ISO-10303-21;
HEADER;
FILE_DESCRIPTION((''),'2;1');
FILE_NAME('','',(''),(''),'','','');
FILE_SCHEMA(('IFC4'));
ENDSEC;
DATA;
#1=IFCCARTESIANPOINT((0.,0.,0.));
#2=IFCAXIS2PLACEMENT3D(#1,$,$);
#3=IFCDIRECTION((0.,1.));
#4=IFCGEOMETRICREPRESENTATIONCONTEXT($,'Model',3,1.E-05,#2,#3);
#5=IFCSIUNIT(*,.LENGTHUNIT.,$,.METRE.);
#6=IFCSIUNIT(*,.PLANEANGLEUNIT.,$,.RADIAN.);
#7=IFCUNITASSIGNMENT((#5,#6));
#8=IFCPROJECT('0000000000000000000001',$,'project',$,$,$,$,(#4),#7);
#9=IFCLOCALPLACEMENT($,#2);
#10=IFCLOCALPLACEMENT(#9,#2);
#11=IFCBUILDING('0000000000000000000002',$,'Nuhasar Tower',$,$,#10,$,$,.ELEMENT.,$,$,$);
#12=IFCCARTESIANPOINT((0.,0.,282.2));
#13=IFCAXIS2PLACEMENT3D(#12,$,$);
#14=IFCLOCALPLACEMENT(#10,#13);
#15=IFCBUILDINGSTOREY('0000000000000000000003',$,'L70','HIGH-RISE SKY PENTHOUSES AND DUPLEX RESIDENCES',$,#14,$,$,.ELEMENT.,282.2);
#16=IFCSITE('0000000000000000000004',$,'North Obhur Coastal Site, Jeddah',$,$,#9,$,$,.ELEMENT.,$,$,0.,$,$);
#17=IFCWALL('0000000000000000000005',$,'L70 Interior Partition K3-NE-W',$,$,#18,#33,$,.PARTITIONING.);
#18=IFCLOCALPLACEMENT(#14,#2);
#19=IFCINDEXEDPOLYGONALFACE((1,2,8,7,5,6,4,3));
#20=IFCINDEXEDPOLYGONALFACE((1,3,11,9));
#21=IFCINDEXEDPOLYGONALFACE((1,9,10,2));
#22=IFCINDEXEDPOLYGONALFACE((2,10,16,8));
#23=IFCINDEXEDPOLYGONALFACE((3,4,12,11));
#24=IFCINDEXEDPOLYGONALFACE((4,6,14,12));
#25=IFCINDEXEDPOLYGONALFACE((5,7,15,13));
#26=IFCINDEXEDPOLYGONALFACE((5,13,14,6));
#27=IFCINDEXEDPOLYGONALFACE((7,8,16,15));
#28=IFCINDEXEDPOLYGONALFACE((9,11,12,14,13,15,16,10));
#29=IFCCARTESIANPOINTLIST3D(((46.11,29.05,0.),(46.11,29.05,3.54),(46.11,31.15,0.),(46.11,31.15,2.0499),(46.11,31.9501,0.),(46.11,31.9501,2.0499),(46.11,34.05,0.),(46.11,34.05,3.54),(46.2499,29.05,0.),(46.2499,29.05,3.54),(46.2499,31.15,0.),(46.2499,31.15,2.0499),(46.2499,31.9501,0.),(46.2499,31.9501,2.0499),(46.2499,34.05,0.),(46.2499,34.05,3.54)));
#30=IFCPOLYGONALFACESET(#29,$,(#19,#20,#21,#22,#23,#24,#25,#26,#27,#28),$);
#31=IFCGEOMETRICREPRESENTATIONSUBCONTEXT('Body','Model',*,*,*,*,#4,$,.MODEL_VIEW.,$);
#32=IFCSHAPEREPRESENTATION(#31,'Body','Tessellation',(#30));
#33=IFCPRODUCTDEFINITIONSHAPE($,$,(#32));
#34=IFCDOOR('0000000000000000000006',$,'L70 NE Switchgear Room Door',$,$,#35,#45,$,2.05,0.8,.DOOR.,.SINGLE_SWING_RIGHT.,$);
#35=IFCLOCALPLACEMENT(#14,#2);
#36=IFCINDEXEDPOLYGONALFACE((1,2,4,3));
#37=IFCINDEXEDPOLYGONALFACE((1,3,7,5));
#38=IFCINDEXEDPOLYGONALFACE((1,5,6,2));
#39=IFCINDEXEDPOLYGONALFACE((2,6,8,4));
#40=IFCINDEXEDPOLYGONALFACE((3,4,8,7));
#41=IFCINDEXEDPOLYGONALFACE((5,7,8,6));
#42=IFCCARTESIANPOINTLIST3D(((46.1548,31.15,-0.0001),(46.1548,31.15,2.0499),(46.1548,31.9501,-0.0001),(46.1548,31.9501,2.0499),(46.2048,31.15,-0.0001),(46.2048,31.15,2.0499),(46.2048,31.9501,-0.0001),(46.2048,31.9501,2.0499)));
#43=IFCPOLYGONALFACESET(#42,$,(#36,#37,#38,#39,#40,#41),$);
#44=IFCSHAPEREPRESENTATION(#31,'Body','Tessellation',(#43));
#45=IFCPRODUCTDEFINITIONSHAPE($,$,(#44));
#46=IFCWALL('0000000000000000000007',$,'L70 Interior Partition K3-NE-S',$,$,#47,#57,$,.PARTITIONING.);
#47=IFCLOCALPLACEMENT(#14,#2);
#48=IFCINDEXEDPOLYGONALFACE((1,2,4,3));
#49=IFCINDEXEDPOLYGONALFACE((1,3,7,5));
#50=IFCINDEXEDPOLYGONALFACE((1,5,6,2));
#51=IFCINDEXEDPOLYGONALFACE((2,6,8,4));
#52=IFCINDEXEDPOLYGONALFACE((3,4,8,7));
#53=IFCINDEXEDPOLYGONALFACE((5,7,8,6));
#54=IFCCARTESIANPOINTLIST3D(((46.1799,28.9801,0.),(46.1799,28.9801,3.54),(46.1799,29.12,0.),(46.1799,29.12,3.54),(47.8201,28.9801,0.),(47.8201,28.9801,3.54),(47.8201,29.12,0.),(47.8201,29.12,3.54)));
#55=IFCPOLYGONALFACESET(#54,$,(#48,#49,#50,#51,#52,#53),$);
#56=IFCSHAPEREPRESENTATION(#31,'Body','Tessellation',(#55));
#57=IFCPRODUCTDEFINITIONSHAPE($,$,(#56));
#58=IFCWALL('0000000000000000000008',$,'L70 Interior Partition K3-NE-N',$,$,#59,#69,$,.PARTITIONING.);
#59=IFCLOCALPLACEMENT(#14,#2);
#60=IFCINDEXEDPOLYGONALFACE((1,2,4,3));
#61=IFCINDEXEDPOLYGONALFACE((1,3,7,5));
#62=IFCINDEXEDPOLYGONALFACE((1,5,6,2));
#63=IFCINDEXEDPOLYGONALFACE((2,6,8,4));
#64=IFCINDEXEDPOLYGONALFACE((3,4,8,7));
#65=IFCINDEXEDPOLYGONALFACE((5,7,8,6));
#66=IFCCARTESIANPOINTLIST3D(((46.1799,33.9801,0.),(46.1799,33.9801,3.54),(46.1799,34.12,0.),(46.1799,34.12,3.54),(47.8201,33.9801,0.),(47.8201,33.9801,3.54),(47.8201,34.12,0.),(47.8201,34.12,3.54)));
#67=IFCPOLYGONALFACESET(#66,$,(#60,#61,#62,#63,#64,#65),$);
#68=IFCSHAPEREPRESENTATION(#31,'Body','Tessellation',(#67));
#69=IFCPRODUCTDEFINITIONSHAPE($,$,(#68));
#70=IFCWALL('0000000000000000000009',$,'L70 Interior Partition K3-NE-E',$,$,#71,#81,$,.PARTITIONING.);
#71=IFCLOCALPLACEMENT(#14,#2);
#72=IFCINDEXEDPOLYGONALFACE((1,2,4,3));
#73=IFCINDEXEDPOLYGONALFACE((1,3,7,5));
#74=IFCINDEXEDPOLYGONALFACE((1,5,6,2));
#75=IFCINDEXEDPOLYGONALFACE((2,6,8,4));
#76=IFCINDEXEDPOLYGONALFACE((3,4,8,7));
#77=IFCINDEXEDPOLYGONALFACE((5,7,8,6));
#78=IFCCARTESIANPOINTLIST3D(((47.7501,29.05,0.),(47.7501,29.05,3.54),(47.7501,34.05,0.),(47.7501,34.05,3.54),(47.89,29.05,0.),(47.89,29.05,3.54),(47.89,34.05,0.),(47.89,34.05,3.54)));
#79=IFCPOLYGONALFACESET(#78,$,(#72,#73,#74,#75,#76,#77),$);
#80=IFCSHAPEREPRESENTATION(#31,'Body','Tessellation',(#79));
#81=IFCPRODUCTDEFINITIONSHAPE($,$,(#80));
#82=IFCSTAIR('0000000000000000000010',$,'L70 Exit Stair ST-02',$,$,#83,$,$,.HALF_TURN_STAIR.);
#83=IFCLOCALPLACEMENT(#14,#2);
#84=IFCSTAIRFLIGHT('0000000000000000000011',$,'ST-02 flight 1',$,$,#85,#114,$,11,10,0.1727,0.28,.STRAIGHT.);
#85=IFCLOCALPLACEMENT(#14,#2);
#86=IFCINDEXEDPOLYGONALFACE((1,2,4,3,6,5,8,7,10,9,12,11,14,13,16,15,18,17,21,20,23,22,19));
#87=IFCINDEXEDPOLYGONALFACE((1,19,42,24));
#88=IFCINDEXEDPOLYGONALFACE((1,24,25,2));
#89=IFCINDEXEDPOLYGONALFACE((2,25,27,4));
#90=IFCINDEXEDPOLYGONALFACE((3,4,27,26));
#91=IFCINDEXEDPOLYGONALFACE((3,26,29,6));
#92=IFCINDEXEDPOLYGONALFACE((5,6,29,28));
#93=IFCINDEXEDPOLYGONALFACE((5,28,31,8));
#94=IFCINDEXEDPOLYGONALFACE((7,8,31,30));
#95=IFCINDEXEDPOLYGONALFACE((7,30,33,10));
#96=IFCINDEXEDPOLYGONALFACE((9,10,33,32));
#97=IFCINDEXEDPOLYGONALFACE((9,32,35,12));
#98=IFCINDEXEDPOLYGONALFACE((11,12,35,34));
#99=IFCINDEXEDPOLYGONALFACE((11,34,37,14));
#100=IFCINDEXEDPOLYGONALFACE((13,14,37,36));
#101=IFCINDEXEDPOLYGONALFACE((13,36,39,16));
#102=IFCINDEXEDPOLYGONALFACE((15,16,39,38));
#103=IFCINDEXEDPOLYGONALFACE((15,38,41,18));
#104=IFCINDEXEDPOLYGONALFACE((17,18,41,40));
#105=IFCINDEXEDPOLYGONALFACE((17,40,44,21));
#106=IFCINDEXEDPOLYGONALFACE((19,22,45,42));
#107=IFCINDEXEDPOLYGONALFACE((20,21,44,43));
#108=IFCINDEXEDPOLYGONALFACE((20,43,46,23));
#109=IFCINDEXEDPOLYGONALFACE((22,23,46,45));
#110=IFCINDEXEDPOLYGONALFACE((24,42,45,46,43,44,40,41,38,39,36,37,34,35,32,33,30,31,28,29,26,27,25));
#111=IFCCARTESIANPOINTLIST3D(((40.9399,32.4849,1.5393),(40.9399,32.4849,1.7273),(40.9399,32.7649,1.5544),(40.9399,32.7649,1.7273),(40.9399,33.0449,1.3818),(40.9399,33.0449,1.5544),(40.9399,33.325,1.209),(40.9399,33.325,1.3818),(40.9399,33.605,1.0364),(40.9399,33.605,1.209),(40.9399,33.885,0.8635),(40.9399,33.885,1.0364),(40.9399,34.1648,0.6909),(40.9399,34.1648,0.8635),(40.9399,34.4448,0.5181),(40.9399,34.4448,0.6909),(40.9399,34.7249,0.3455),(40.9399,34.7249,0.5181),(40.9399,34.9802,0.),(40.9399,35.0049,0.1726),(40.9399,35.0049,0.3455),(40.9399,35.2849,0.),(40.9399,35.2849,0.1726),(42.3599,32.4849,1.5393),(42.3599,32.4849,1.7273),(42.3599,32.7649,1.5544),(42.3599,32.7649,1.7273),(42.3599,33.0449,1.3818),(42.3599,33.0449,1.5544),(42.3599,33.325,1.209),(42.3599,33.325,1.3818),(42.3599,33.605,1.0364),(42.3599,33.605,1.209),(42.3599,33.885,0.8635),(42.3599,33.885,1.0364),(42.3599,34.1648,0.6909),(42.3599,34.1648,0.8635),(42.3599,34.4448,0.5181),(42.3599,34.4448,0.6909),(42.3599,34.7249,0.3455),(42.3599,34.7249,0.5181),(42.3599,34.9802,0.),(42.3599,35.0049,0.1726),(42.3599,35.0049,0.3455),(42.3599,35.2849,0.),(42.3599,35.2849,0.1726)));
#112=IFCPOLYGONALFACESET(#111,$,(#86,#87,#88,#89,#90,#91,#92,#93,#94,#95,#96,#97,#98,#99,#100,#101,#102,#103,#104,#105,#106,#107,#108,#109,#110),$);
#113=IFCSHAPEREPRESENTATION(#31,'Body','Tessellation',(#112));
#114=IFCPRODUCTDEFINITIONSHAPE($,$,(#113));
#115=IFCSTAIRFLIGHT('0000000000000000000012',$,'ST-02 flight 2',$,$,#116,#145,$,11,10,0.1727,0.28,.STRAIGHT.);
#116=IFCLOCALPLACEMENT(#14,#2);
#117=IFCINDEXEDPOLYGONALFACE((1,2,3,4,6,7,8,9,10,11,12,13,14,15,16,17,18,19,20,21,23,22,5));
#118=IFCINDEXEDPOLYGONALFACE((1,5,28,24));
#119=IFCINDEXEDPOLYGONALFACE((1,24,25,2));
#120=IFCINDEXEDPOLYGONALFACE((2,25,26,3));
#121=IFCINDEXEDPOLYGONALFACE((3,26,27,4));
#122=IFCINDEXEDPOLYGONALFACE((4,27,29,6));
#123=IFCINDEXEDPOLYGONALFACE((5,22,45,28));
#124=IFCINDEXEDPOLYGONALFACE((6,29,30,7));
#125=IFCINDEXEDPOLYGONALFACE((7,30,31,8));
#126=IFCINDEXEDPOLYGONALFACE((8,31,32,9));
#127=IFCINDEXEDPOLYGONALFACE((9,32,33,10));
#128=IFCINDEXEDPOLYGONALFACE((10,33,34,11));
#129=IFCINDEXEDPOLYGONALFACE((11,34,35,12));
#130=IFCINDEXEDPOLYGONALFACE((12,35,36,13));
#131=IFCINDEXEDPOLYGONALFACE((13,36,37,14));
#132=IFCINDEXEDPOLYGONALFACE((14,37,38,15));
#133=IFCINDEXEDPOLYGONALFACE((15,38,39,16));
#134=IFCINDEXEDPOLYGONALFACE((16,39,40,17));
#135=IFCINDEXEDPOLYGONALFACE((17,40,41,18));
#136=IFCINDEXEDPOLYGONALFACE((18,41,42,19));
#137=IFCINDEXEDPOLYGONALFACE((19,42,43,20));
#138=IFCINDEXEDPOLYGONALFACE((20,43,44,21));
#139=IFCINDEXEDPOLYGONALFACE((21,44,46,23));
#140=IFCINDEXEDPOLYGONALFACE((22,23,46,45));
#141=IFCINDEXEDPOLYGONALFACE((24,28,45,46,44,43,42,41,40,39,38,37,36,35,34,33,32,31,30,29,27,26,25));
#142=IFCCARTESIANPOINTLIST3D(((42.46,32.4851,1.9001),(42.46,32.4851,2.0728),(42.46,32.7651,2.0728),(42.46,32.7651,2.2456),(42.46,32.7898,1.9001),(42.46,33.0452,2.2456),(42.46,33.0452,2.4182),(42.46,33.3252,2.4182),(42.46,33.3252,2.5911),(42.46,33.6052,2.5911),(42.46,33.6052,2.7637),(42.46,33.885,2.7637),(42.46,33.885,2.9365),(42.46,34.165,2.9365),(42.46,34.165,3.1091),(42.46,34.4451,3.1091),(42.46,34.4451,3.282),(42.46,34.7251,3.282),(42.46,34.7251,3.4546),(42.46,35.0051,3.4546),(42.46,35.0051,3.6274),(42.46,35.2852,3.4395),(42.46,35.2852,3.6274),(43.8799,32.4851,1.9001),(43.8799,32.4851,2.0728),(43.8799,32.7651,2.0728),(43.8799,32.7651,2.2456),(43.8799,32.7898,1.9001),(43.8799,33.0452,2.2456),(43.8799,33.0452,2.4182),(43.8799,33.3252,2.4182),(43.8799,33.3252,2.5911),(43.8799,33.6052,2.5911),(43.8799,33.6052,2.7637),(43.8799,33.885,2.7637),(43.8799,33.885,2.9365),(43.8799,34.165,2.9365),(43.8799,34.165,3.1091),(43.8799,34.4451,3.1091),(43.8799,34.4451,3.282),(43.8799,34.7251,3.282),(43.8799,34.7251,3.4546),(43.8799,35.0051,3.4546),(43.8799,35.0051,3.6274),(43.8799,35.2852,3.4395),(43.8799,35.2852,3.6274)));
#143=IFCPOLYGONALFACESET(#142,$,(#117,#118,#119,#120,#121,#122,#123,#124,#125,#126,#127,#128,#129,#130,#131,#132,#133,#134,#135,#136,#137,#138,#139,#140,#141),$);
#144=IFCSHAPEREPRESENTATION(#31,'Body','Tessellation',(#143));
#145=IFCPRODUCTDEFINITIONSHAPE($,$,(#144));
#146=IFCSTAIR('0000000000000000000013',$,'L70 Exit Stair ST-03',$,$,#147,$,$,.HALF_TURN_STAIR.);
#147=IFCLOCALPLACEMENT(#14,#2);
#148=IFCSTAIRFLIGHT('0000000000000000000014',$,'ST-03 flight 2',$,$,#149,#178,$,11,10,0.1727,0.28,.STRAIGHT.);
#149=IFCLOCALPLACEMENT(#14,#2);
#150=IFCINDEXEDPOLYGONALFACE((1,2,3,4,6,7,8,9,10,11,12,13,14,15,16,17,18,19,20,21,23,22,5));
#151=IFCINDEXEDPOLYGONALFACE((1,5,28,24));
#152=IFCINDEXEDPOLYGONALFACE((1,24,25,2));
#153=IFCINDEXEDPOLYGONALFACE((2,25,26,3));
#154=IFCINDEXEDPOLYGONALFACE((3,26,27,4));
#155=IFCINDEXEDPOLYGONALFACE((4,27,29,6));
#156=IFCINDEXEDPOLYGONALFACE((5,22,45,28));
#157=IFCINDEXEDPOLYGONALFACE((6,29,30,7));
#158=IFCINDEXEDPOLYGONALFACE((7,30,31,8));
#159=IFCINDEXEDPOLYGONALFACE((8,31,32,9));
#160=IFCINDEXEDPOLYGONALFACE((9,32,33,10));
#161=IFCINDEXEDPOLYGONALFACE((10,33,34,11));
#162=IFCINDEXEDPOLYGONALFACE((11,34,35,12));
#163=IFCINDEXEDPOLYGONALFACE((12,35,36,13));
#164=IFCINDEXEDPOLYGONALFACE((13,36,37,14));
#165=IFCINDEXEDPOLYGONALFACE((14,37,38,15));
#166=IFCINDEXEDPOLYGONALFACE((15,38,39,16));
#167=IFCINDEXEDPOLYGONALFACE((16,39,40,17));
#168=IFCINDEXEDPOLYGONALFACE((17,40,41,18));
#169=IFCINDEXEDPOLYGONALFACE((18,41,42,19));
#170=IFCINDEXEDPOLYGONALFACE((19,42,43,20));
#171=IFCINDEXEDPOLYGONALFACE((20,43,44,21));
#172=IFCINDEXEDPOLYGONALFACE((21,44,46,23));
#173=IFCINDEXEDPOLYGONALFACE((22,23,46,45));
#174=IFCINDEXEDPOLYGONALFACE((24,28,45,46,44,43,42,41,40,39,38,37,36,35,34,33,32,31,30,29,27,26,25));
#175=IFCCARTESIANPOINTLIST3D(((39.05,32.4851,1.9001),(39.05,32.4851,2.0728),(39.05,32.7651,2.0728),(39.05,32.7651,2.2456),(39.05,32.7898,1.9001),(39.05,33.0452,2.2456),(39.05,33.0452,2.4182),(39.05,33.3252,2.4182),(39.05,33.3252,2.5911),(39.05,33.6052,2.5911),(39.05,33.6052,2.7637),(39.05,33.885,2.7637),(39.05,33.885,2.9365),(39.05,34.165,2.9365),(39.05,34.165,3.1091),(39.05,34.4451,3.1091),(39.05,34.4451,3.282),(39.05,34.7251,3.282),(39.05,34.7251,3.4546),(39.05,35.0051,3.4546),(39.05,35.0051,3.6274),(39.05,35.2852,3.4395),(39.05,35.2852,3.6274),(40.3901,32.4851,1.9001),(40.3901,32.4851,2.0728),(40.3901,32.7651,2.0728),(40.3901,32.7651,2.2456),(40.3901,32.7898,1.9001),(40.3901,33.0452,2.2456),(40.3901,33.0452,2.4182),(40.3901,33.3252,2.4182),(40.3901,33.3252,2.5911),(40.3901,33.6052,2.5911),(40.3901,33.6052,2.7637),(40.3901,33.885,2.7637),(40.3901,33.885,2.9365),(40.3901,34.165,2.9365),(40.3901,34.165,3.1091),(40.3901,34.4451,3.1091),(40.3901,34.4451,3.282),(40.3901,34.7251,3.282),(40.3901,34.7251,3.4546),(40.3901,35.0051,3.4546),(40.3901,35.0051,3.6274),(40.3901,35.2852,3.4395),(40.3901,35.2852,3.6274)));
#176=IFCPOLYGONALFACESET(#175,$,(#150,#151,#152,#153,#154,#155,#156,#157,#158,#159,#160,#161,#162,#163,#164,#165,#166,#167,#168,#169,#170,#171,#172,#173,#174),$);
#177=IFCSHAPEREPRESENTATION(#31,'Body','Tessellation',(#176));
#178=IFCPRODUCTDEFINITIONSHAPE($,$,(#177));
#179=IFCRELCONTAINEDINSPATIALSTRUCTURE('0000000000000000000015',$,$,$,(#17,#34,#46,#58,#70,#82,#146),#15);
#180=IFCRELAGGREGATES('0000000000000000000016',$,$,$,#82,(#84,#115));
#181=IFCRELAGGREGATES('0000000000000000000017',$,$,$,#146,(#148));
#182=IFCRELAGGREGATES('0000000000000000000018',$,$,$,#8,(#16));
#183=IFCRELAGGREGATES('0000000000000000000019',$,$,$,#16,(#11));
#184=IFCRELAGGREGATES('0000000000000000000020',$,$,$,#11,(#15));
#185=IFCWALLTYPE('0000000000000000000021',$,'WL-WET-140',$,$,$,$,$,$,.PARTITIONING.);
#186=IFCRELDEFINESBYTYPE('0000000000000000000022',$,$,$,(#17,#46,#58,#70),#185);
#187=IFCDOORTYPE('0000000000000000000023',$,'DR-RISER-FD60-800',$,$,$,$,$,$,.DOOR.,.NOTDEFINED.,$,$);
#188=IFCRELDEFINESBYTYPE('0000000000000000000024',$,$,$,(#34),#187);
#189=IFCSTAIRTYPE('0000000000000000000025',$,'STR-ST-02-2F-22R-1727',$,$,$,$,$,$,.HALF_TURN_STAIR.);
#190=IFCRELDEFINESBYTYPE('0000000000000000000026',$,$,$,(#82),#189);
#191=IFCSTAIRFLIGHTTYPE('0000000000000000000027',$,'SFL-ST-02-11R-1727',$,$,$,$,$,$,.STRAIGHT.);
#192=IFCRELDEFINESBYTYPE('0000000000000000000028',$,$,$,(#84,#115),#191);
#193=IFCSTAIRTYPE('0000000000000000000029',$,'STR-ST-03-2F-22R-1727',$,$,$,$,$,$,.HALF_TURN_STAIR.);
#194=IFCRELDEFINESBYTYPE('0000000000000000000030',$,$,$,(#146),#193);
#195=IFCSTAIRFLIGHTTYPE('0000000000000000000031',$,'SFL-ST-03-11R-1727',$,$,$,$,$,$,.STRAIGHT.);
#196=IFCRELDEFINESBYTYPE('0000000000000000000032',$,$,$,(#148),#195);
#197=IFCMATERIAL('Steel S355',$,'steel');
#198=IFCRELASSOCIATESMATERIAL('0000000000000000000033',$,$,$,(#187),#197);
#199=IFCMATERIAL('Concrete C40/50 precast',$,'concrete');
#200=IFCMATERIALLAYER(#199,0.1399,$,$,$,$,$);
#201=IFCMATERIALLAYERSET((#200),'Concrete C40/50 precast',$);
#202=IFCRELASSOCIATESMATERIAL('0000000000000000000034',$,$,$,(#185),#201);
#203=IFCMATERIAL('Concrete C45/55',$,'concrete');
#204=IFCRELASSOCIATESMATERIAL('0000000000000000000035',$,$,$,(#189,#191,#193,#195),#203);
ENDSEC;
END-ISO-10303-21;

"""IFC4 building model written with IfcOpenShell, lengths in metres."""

from ifc_helpers import new_model, si_unit, direction, frame, frame_2d, origin, place, context, subcontext, project, spatial, polyline, rectangle, outline, extrude, material, layer, layer_set, type_object, element, fill, aggregate, save


model = new_model("IFC4")

# Units and contexts
model_context = context("Model", 3, precision=1e-05, world=origin(), true_north=direction((0.0, 1.0)))
body_context = subcontext(model_context, "Body", "Model", "MODEL_VIEW")
ifc_project = project(units=[si_unit("LENGTHUNIT", "METRE"), si_unit("PLANEANGLEUNIT", "RADIAN")], contexts=[model_context])

# Site, building, storey
site_placement = place(None, origin())
site = spatial("IfcSite", under=ifc_project, at=site_placement, Name="North Obhur Coastal Site, Jeddah", CompositionType="ELEMENT", RefElevation=0.0)
building_placement = place(site_placement, origin())
building = spatial("IfcBuilding", under=site, at=building_placement, Name="Nuhasar Tower", CompositionType="ELEMENT")
storey_placement = place(building_placement, frame((0.0, 0.0, 282.2)))
storey = spatial("IfcBuildingStorey", under=building, at=storey_placement, Name="L70", Description="HIGH-RISE SKY PENTHOUSES AND DUPLEX RESIDENCES", CompositionType="ELEMENT", Elevation=282.2)

# Shared definitions
ifc_material_1 = material(Name="Steel S355", Category="steel")

# Shared definitions
ifc_material_2 = material(Name="Concrete C45/55", Category="concrete")

# Wall, opening, door
door_type_1 = type_object("IfcDoorType", Name="DR-RISER-FD60-800", OperationType="NOTDEFINED", PredefinedType="DOOR", material=ifc_material_1)
ifc_material_3 = material(Name="Concrete C40/50 precast", Category="concrete")
ifc_layer_1 = layer(ifc_material_3, 0.1399)
ifc_layer_set_1 = layer_set([ifc_layer_1], Name="Concrete C40/50 precast")
wall_type_1 = type_object("IfcWallType", Name="WL-WET-140", PredefinedType="PARTITIONING", material=ifc_layer_set_1)
wall_1_placement = place(storey_placement, frame((46.1799, 34.05, 0.0), z_axis=(0.0, 0.0, 1.0), x_axis=(0.0, -1.0, 0.0)))
wall_1 = element("IfcWall", 1, at=wall_1_placement, inside=storey, type_object=wall_type_1, Name="L70 Interior Partition K3-NE-W", PredefinedType="PARTITIONING", context=body_context, shape_type="SweptSolid", body=[
    extrude(rectangle(XDim=5.0, YDim=0.1399, at=frame_2d((2.5, 0.0))), origin(), (0.0, 0.0, 1.0), 3.54),
])
opening_1_placement = place(wall_1_placement, frame((2.1001, 0.0, 0.0)))
opening_1 = element("IfcOpeningElement", 2, at=opening_1_placement, cuts=wall_1, PredefinedType="OPENING", context=body_context, shape_type="SweptSolid", body=[
    extrude(rectangle(XDim=0.8, YDim=2.05, at=frame_2d((0.3999, 1.0249))), frame((0.0, 0.0801, 0.0), z_axis=(0.0, -1.0, 0.0), x_axis=(1.0, 0.0, 0.0)), (0.0, 0.0, 1.0), 0.1599),
])
door_1_placement = place(opening_1_placement, origin())
door_1 = element("IfcDoor", 3, at=door_1_placement, inside=storey, type_object=door_type_1, Name="L70 NE Switchgear Room Door", OperationType="SINGLE_SWING_RIGHT", OverallHeight=2.05, OverallWidth=0.8, PredefinedType="DOOR", context=body_context, shape_type="SweptSolid", body=[
    extrude(rectangle(XDim=0.8, YDim=2.05, at=frame_2d((0.3999, 1.0249))), frame((0.0, 0.0249, 0.0), z_axis=(0.0, -1.0, 0.0), x_axis=(1.0, 0.0, 0.0)), (0.0, 0.0, 1.0), 0.05),
])
fill(opening_1, door_1)

# Walls
for number, where, z_axis, x_axis, name in (
    (4, (46.1799, 29.05, 0.0), (0.0, 0.0, 1.0), (1.0, 0.0, 0.0), "L70 Interior Partition K3-NE-S"),
    (5, (46.1799, 34.05, 0.0), (0.0, 0.0, 1.0), (1.0, 0.0, 0.0), "L70 Interior Partition K3-NE-N"),
):
    element("IfcWall", number, at=place(storey_placement, frame(where, z_axis=z_axis, x_axis=x_axis)), inside=storey, type_object=wall_type_1, Name=name, PredefinedType="PARTITIONING", context=body_context, shape_type="SweptSolid", body=[
        extrude(rectangle(XDim=1.6401, YDim=0.1399, at=frame_2d((0.8201, 0.0))), origin(), (0.0, 0.0, 1.0), 3.54),
    ])
wall_2_placement = place(storey_placement, frame((47.8201, 29.05, 0.0), z_axis=(0.0, 0.0, 1.0), x_axis=(0.0, 1.0, 0.0)))
element("IfcWall", 6, at=wall_2_placement, inside=storey, type_object=wall_type_1, Name="L70 Interior Partition K3-NE-E", PredefinedType="PARTITIONING", context=body_context, shape_type="SweptSolid", body=[
    extrude(rectangle(XDim=5.0, YDim=0.1399, at=frame_2d((2.5, 0.0))), origin(), (0.0, 0.0, 1.0), 3.54),
])

# Stair, stair flights
stair_type_1 = type_object("IfcStairType", Name="STR-ST-02-2F-22R-1727", PredefinedType="HALF_TURN_STAIR", material=ifc_material_2)
stair_1_placement = place(storey_placement, origin())
stair_1 = element("IfcStair", 7, at=stair_1_placement, inside=storey, type_object=stair_type_1, Name="L70 Exit Stair ST-02", PredefinedType="HALF_TURN_STAIR")
stair_flight_type_1 = type_object("IfcStairFlightType", Name="SFL-ST-02-11R-1727", PredefinedType="STRAIGHT", material=ifc_material_2)
stair_flight_1_placement = place(storey_placement, frame((41.6499, 35.2849, 0.0), z_axis=(0.0, 0.0, 1.0), x_axis=(0.0, -1.0, 0.0)))
stair_flight_1 = element("IfcStairFlight", 8, at=stair_flight_1_placement, type_object=stair_flight_type_1, Name="ST-02 flight 1", NumberOfRisers=11, NumberOfTreads=10, PredefinedType="STRAIGHT", RiserHeight=0.1727, TreadLength=0.28, context=body_context, shape_type="SweptSolid", body=[
    extrude(outline(polyline([(0.0, 0.0), (0.0, 0.1726), (0.28, 0.1726), (0.28, 0.3455), (0.5601, 0.3455), (0.5601, 0.5181), (0.8401, 0.5181), (0.8401, 0.6909), (1.1201, 0.6909), (1.1201, 0.8635), (1.3999, 0.8635), (1.3999, 1.0364), (1.6799, 1.0364), (1.6799, 1.209), (1.96, 1.209), (1.96, 1.3818), (2.24, 1.3818), (2.24, 1.5544), (2.52, 1.5544), (2.52, 1.7273), (2.8, 1.7273), (2.8, 1.8999), (2.8, 1.5393), (0.3047, 0.0), (0.0, 0.0)])), frame((0.0, 0.71, 0.0), z_axis=(0.0, -1.0, 0.0), x_axis=(1.0, 0.0, 0.0)), (0.0, 0.0, 1.0), 1.4199),
])
stair_flight_2_placement = place(storey_placement, frame((43.1699, 32.4851, 1.9001), z_axis=(0.0, 0.0, 1.0), x_axis=(0.0, 1.0, 0.0)))
stair_flight_2 = element("IfcStairFlight", 9, at=stair_flight_2_placement, type_object=stair_flight_type_1, Name="ST-02 flight 2", NumberOfRisers=11, NumberOfTreads=10, PredefinedType="STRAIGHT", RiserHeight=0.1727, TreadLength=0.28, context=body_context, shape_type="SweptSolid", body=[
    extrude(outline(polyline([(0.0, 0.0), (0.0, 0.1726), (0.28, 0.1726), (0.28, 0.3455), (0.5601, 0.3455), (0.5601, 0.5181), (0.8401, 0.5181), (0.8401, 0.6909), (1.1201, 0.6909), (1.1201, 0.8635), (1.3999, 0.8635), (1.3999, 1.0364), (1.6799, 1.0364), (1.6799, 1.209), (1.96, 1.209), (1.96, 1.3818), (2.24, 1.3818), (2.24, 1.5544), (2.52, 1.5544), (2.52, 1.7273), (2.8, 1.7273), (2.8, 1.8999), (2.8, 1.5393), (0.3047, 0.0), (0.0, 0.0)])), frame((0.0, 0.71, 0.0), z_axis=(0.0, -1.0, 0.0), x_axis=(1.0, 0.0, 0.0)), (0.0, 0.0, 1.0), 1.4199),
])
aggregate(stair_1, [stair_flight_1, stair_flight_2])

# Stair, stair flight
stair_type_2 = type_object("IfcStairType", Name="STR-ST-03-2F-22R-1727", PredefinedType="HALF_TURN_STAIR", material=ifc_material_2)
stair_2_placement = place(storey_placement, origin())
stair_2 = element("IfcStair", 10, at=stair_2_placement, inside=storey, type_object=stair_type_2, Name="L70 Exit Stair ST-03", PredefinedType="HALF_TURN_STAIR")
stair_flight_type_2 = type_object("IfcStairFlightType", Name="SFL-ST-03-11R-1727", PredefinedType="STRAIGHT", material=ifc_material_2)
stair_flight_3_placement = place(storey_placement, frame((39.72, 32.4851, 1.9001), z_axis=(0.0, 0.0, 1.0), x_axis=(0.0, 1.0, 0.0)))
stair_flight_3 = element("IfcStairFlight", 11, at=stair_flight_3_placement, type_object=stair_flight_type_2, Name="ST-03 flight 2", NumberOfRisers=11, NumberOfTreads=10, PredefinedType="STRAIGHT", RiserHeight=0.1727, TreadLength=0.28, context=body_context, shape_type="SweptSolid", body=[
    extrude(outline(polyline([(0.0, 0.0), (0.0, 0.1726), (0.28, 0.1726), (0.28, 0.3455), (0.5601, 0.3455), (0.5601, 0.5181), (0.8401, 0.5181), (0.8401, 0.6909), (1.1201, 0.6909), (1.1201, 0.8635), (1.3999, 0.8635), (1.3999, 1.0364), (1.6799, 1.0364), (1.6799, 1.209), (1.96, 1.209), (1.96, 1.3818), (2.24, 1.3818), (2.24, 1.5544), (2.52, 1.5544), (2.52, 1.7273), (2.8, 1.7273), (2.8, 1.8999), (2.8, 1.5393), (0.3047, 0.0), (0.0, 0.0)])), frame((0.0, 0.6699, 0.0), z_axis=(0.0, -1.0, 0.0), x_axis=(1.0, 0.0, 0.0)), (0.0, 0.0, 1.0), 1.3401),
])
aggregate(stair_2, [stair_flight_3])

save(model, "model.ifc")
